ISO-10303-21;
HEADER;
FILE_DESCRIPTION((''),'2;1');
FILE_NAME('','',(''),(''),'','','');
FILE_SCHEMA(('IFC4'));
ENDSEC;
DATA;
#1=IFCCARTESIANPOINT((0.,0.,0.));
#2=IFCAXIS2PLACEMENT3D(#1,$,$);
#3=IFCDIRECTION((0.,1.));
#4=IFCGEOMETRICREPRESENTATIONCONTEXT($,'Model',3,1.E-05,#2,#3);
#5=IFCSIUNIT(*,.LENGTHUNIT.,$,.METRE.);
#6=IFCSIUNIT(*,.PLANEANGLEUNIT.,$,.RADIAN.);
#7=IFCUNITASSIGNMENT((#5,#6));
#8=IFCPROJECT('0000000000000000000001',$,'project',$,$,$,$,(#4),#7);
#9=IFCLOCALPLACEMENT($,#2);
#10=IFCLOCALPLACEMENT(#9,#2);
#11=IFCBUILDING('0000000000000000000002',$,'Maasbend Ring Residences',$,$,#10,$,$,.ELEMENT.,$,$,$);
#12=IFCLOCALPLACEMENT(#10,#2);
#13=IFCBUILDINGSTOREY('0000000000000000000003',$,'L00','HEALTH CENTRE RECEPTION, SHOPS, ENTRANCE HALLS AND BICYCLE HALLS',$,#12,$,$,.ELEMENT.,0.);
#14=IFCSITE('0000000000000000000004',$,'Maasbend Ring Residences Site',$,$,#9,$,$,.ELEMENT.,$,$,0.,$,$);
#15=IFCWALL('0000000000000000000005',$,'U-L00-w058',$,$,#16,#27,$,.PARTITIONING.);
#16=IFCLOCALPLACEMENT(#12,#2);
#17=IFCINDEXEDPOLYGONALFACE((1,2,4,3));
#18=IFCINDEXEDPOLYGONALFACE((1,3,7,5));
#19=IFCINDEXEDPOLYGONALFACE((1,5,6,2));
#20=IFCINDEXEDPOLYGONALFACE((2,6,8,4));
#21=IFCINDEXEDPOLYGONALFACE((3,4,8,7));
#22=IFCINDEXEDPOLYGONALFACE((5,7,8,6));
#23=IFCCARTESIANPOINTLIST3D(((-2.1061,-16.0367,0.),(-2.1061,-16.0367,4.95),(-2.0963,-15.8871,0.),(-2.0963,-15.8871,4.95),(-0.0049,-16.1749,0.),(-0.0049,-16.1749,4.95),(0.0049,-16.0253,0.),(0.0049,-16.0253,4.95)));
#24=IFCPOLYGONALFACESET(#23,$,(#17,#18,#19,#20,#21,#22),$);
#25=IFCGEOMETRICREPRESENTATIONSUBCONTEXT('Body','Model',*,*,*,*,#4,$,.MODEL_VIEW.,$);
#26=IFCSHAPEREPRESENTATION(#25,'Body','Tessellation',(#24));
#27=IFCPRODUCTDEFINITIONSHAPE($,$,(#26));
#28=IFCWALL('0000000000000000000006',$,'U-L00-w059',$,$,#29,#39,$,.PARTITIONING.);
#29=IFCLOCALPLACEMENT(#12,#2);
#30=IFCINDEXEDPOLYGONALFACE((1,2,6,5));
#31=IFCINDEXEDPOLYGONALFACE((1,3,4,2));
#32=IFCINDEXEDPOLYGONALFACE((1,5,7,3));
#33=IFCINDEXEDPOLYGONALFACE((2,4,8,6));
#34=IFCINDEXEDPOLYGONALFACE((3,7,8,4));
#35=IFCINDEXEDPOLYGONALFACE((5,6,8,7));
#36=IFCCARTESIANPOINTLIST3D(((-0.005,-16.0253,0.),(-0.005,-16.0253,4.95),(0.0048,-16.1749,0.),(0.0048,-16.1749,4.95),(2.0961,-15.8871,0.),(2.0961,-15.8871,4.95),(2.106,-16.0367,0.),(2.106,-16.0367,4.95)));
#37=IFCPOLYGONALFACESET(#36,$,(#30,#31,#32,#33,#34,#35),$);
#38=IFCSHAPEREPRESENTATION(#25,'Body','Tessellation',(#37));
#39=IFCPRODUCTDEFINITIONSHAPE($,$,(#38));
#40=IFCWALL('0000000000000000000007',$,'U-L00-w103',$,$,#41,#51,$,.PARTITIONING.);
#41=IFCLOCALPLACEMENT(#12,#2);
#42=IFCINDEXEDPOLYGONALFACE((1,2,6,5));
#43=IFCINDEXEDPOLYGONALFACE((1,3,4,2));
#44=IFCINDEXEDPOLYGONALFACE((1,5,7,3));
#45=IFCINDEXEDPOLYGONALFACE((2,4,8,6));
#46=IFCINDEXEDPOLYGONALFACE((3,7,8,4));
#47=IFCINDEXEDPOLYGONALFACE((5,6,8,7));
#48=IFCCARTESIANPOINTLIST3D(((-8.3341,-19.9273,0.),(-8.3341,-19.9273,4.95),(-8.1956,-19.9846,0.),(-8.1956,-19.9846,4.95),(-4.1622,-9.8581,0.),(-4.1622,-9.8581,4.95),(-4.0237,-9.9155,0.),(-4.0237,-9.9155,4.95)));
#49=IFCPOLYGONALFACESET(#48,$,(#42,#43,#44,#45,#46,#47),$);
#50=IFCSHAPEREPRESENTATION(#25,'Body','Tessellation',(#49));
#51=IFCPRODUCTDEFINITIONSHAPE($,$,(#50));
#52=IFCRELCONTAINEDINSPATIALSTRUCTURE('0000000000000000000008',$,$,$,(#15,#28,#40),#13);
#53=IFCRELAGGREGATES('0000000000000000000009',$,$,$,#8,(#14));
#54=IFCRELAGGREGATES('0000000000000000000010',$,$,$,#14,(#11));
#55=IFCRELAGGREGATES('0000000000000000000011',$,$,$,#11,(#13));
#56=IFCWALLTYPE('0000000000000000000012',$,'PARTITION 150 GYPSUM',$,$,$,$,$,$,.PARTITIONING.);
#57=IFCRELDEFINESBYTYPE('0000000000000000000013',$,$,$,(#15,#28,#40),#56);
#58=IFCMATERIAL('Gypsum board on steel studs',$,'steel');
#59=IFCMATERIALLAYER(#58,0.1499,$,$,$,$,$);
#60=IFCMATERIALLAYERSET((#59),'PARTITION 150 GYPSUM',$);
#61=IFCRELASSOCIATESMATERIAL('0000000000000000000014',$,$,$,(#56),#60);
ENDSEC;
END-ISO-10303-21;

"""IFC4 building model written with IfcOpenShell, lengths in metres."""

from ifc_helpers import new_model, si_unit, direction, frame, frame_2d, origin, place, context, subcontext, project, spatial, rectangle, extrude, material, layer, layer_set, type_object, element, save


model = new_model("IFC4")

# Units and contexts
model_context = context("Model", 3, precision=1e-05, world=origin(), true_north=direction((0.0, 1.0)))
body_context = subcontext(model_context, "Body", "Model", "MODEL_VIEW")
ifc_project = project(units=[si_unit("LENGTHUNIT", "METRE"), si_unit("PLANEANGLEUNIT", "RADIAN")], contexts=[model_context])

# Site, building, storey
site_placement = place(None, origin())
site = spatial("IfcSite", under=ifc_project, at=site_placement, Name="Maasbend Ring Residences Site", CompositionType="ELEMENT", RefElevation=0.0)
building_placement = place(site_placement, origin())
building = spatial("IfcBuilding", under=site, at=building_placement, Name="Maasbend Ring Residences", CompositionType="ELEMENT")
storey_placement = place(building_placement, origin())
storey = spatial("IfcBuildingStorey", under=building, at=storey_placement, Name="L00", Description="HEALTH CENTRE RECEPTION, SHOPS, ENTRANCE HALLS AND BICYCLE HALLS", CompositionType="ELEMENT", Elevation=0.0)

# Walls
ifc_material_1 = material(Name="Gypsum board on steel studs", Category="steel")
ifc_layer_1 = layer(ifc_material_1, 0.1499)
ifc_layer_set_1 = layer_set([ifc_layer_1], Name="PARTITION 150 GYPSUM")
wall_type_1 = type_object("IfcWallType", Name="PARTITION 150 GYPSUM", PredefinedType="PARTITIONING", material=ifc_layer_set_1)
for number, where, z_axis, x_axis, name in (
    (1, (-2.1011, -15.9619, 0.0), (0.0, 0.0, 1.0), (0.997844, -0.065626, 0.0), "U-L00-w058"),
    (2, (0.0, -16.1001, 0.0), (0.0, 0.0, 1.0), (0.997844, 0.065626, 0.0), "U-L00-w059"),
):
    element("IfcWall", number, at=place(storey_placement, frame(where, z_axis=z_axis, x_axis=x_axis)), inside=storey, type_object=wall_type_1, Name=name, PredefinedType="PARTITIONING", context=body_context, shape_type="SweptSolid", body=[
        extrude(rectangle(XDim=2.1057, YDim=0.1499, at=frame_2d((1.0527, 0.0))), origin(), (0.0, 0.0, 1.0), 4.95),
    ])
wall_1_placement = place(storey_placement, frame((-8.2649, -19.9561, 0.0), z_axis=(0.0, 0.0, 1.0), x_axis=(0.382771, 0.923843, 0.0)))
element("IfcWall", 3, at=wall_1_placement, inside=storey, type_object=wall_type_1, Name="U-L00-w103", PredefinedType="PARTITIONING", context=body_context, shape_type="SweptSolid", body=[
    extrude(rectangle(XDim=10.8992, YDim=0.1499, at=frame_2d((5.4497, 0.0))), origin(), (0.0, 0.0, 1.0), 4.95),
])

save(model, "model.ifc")
